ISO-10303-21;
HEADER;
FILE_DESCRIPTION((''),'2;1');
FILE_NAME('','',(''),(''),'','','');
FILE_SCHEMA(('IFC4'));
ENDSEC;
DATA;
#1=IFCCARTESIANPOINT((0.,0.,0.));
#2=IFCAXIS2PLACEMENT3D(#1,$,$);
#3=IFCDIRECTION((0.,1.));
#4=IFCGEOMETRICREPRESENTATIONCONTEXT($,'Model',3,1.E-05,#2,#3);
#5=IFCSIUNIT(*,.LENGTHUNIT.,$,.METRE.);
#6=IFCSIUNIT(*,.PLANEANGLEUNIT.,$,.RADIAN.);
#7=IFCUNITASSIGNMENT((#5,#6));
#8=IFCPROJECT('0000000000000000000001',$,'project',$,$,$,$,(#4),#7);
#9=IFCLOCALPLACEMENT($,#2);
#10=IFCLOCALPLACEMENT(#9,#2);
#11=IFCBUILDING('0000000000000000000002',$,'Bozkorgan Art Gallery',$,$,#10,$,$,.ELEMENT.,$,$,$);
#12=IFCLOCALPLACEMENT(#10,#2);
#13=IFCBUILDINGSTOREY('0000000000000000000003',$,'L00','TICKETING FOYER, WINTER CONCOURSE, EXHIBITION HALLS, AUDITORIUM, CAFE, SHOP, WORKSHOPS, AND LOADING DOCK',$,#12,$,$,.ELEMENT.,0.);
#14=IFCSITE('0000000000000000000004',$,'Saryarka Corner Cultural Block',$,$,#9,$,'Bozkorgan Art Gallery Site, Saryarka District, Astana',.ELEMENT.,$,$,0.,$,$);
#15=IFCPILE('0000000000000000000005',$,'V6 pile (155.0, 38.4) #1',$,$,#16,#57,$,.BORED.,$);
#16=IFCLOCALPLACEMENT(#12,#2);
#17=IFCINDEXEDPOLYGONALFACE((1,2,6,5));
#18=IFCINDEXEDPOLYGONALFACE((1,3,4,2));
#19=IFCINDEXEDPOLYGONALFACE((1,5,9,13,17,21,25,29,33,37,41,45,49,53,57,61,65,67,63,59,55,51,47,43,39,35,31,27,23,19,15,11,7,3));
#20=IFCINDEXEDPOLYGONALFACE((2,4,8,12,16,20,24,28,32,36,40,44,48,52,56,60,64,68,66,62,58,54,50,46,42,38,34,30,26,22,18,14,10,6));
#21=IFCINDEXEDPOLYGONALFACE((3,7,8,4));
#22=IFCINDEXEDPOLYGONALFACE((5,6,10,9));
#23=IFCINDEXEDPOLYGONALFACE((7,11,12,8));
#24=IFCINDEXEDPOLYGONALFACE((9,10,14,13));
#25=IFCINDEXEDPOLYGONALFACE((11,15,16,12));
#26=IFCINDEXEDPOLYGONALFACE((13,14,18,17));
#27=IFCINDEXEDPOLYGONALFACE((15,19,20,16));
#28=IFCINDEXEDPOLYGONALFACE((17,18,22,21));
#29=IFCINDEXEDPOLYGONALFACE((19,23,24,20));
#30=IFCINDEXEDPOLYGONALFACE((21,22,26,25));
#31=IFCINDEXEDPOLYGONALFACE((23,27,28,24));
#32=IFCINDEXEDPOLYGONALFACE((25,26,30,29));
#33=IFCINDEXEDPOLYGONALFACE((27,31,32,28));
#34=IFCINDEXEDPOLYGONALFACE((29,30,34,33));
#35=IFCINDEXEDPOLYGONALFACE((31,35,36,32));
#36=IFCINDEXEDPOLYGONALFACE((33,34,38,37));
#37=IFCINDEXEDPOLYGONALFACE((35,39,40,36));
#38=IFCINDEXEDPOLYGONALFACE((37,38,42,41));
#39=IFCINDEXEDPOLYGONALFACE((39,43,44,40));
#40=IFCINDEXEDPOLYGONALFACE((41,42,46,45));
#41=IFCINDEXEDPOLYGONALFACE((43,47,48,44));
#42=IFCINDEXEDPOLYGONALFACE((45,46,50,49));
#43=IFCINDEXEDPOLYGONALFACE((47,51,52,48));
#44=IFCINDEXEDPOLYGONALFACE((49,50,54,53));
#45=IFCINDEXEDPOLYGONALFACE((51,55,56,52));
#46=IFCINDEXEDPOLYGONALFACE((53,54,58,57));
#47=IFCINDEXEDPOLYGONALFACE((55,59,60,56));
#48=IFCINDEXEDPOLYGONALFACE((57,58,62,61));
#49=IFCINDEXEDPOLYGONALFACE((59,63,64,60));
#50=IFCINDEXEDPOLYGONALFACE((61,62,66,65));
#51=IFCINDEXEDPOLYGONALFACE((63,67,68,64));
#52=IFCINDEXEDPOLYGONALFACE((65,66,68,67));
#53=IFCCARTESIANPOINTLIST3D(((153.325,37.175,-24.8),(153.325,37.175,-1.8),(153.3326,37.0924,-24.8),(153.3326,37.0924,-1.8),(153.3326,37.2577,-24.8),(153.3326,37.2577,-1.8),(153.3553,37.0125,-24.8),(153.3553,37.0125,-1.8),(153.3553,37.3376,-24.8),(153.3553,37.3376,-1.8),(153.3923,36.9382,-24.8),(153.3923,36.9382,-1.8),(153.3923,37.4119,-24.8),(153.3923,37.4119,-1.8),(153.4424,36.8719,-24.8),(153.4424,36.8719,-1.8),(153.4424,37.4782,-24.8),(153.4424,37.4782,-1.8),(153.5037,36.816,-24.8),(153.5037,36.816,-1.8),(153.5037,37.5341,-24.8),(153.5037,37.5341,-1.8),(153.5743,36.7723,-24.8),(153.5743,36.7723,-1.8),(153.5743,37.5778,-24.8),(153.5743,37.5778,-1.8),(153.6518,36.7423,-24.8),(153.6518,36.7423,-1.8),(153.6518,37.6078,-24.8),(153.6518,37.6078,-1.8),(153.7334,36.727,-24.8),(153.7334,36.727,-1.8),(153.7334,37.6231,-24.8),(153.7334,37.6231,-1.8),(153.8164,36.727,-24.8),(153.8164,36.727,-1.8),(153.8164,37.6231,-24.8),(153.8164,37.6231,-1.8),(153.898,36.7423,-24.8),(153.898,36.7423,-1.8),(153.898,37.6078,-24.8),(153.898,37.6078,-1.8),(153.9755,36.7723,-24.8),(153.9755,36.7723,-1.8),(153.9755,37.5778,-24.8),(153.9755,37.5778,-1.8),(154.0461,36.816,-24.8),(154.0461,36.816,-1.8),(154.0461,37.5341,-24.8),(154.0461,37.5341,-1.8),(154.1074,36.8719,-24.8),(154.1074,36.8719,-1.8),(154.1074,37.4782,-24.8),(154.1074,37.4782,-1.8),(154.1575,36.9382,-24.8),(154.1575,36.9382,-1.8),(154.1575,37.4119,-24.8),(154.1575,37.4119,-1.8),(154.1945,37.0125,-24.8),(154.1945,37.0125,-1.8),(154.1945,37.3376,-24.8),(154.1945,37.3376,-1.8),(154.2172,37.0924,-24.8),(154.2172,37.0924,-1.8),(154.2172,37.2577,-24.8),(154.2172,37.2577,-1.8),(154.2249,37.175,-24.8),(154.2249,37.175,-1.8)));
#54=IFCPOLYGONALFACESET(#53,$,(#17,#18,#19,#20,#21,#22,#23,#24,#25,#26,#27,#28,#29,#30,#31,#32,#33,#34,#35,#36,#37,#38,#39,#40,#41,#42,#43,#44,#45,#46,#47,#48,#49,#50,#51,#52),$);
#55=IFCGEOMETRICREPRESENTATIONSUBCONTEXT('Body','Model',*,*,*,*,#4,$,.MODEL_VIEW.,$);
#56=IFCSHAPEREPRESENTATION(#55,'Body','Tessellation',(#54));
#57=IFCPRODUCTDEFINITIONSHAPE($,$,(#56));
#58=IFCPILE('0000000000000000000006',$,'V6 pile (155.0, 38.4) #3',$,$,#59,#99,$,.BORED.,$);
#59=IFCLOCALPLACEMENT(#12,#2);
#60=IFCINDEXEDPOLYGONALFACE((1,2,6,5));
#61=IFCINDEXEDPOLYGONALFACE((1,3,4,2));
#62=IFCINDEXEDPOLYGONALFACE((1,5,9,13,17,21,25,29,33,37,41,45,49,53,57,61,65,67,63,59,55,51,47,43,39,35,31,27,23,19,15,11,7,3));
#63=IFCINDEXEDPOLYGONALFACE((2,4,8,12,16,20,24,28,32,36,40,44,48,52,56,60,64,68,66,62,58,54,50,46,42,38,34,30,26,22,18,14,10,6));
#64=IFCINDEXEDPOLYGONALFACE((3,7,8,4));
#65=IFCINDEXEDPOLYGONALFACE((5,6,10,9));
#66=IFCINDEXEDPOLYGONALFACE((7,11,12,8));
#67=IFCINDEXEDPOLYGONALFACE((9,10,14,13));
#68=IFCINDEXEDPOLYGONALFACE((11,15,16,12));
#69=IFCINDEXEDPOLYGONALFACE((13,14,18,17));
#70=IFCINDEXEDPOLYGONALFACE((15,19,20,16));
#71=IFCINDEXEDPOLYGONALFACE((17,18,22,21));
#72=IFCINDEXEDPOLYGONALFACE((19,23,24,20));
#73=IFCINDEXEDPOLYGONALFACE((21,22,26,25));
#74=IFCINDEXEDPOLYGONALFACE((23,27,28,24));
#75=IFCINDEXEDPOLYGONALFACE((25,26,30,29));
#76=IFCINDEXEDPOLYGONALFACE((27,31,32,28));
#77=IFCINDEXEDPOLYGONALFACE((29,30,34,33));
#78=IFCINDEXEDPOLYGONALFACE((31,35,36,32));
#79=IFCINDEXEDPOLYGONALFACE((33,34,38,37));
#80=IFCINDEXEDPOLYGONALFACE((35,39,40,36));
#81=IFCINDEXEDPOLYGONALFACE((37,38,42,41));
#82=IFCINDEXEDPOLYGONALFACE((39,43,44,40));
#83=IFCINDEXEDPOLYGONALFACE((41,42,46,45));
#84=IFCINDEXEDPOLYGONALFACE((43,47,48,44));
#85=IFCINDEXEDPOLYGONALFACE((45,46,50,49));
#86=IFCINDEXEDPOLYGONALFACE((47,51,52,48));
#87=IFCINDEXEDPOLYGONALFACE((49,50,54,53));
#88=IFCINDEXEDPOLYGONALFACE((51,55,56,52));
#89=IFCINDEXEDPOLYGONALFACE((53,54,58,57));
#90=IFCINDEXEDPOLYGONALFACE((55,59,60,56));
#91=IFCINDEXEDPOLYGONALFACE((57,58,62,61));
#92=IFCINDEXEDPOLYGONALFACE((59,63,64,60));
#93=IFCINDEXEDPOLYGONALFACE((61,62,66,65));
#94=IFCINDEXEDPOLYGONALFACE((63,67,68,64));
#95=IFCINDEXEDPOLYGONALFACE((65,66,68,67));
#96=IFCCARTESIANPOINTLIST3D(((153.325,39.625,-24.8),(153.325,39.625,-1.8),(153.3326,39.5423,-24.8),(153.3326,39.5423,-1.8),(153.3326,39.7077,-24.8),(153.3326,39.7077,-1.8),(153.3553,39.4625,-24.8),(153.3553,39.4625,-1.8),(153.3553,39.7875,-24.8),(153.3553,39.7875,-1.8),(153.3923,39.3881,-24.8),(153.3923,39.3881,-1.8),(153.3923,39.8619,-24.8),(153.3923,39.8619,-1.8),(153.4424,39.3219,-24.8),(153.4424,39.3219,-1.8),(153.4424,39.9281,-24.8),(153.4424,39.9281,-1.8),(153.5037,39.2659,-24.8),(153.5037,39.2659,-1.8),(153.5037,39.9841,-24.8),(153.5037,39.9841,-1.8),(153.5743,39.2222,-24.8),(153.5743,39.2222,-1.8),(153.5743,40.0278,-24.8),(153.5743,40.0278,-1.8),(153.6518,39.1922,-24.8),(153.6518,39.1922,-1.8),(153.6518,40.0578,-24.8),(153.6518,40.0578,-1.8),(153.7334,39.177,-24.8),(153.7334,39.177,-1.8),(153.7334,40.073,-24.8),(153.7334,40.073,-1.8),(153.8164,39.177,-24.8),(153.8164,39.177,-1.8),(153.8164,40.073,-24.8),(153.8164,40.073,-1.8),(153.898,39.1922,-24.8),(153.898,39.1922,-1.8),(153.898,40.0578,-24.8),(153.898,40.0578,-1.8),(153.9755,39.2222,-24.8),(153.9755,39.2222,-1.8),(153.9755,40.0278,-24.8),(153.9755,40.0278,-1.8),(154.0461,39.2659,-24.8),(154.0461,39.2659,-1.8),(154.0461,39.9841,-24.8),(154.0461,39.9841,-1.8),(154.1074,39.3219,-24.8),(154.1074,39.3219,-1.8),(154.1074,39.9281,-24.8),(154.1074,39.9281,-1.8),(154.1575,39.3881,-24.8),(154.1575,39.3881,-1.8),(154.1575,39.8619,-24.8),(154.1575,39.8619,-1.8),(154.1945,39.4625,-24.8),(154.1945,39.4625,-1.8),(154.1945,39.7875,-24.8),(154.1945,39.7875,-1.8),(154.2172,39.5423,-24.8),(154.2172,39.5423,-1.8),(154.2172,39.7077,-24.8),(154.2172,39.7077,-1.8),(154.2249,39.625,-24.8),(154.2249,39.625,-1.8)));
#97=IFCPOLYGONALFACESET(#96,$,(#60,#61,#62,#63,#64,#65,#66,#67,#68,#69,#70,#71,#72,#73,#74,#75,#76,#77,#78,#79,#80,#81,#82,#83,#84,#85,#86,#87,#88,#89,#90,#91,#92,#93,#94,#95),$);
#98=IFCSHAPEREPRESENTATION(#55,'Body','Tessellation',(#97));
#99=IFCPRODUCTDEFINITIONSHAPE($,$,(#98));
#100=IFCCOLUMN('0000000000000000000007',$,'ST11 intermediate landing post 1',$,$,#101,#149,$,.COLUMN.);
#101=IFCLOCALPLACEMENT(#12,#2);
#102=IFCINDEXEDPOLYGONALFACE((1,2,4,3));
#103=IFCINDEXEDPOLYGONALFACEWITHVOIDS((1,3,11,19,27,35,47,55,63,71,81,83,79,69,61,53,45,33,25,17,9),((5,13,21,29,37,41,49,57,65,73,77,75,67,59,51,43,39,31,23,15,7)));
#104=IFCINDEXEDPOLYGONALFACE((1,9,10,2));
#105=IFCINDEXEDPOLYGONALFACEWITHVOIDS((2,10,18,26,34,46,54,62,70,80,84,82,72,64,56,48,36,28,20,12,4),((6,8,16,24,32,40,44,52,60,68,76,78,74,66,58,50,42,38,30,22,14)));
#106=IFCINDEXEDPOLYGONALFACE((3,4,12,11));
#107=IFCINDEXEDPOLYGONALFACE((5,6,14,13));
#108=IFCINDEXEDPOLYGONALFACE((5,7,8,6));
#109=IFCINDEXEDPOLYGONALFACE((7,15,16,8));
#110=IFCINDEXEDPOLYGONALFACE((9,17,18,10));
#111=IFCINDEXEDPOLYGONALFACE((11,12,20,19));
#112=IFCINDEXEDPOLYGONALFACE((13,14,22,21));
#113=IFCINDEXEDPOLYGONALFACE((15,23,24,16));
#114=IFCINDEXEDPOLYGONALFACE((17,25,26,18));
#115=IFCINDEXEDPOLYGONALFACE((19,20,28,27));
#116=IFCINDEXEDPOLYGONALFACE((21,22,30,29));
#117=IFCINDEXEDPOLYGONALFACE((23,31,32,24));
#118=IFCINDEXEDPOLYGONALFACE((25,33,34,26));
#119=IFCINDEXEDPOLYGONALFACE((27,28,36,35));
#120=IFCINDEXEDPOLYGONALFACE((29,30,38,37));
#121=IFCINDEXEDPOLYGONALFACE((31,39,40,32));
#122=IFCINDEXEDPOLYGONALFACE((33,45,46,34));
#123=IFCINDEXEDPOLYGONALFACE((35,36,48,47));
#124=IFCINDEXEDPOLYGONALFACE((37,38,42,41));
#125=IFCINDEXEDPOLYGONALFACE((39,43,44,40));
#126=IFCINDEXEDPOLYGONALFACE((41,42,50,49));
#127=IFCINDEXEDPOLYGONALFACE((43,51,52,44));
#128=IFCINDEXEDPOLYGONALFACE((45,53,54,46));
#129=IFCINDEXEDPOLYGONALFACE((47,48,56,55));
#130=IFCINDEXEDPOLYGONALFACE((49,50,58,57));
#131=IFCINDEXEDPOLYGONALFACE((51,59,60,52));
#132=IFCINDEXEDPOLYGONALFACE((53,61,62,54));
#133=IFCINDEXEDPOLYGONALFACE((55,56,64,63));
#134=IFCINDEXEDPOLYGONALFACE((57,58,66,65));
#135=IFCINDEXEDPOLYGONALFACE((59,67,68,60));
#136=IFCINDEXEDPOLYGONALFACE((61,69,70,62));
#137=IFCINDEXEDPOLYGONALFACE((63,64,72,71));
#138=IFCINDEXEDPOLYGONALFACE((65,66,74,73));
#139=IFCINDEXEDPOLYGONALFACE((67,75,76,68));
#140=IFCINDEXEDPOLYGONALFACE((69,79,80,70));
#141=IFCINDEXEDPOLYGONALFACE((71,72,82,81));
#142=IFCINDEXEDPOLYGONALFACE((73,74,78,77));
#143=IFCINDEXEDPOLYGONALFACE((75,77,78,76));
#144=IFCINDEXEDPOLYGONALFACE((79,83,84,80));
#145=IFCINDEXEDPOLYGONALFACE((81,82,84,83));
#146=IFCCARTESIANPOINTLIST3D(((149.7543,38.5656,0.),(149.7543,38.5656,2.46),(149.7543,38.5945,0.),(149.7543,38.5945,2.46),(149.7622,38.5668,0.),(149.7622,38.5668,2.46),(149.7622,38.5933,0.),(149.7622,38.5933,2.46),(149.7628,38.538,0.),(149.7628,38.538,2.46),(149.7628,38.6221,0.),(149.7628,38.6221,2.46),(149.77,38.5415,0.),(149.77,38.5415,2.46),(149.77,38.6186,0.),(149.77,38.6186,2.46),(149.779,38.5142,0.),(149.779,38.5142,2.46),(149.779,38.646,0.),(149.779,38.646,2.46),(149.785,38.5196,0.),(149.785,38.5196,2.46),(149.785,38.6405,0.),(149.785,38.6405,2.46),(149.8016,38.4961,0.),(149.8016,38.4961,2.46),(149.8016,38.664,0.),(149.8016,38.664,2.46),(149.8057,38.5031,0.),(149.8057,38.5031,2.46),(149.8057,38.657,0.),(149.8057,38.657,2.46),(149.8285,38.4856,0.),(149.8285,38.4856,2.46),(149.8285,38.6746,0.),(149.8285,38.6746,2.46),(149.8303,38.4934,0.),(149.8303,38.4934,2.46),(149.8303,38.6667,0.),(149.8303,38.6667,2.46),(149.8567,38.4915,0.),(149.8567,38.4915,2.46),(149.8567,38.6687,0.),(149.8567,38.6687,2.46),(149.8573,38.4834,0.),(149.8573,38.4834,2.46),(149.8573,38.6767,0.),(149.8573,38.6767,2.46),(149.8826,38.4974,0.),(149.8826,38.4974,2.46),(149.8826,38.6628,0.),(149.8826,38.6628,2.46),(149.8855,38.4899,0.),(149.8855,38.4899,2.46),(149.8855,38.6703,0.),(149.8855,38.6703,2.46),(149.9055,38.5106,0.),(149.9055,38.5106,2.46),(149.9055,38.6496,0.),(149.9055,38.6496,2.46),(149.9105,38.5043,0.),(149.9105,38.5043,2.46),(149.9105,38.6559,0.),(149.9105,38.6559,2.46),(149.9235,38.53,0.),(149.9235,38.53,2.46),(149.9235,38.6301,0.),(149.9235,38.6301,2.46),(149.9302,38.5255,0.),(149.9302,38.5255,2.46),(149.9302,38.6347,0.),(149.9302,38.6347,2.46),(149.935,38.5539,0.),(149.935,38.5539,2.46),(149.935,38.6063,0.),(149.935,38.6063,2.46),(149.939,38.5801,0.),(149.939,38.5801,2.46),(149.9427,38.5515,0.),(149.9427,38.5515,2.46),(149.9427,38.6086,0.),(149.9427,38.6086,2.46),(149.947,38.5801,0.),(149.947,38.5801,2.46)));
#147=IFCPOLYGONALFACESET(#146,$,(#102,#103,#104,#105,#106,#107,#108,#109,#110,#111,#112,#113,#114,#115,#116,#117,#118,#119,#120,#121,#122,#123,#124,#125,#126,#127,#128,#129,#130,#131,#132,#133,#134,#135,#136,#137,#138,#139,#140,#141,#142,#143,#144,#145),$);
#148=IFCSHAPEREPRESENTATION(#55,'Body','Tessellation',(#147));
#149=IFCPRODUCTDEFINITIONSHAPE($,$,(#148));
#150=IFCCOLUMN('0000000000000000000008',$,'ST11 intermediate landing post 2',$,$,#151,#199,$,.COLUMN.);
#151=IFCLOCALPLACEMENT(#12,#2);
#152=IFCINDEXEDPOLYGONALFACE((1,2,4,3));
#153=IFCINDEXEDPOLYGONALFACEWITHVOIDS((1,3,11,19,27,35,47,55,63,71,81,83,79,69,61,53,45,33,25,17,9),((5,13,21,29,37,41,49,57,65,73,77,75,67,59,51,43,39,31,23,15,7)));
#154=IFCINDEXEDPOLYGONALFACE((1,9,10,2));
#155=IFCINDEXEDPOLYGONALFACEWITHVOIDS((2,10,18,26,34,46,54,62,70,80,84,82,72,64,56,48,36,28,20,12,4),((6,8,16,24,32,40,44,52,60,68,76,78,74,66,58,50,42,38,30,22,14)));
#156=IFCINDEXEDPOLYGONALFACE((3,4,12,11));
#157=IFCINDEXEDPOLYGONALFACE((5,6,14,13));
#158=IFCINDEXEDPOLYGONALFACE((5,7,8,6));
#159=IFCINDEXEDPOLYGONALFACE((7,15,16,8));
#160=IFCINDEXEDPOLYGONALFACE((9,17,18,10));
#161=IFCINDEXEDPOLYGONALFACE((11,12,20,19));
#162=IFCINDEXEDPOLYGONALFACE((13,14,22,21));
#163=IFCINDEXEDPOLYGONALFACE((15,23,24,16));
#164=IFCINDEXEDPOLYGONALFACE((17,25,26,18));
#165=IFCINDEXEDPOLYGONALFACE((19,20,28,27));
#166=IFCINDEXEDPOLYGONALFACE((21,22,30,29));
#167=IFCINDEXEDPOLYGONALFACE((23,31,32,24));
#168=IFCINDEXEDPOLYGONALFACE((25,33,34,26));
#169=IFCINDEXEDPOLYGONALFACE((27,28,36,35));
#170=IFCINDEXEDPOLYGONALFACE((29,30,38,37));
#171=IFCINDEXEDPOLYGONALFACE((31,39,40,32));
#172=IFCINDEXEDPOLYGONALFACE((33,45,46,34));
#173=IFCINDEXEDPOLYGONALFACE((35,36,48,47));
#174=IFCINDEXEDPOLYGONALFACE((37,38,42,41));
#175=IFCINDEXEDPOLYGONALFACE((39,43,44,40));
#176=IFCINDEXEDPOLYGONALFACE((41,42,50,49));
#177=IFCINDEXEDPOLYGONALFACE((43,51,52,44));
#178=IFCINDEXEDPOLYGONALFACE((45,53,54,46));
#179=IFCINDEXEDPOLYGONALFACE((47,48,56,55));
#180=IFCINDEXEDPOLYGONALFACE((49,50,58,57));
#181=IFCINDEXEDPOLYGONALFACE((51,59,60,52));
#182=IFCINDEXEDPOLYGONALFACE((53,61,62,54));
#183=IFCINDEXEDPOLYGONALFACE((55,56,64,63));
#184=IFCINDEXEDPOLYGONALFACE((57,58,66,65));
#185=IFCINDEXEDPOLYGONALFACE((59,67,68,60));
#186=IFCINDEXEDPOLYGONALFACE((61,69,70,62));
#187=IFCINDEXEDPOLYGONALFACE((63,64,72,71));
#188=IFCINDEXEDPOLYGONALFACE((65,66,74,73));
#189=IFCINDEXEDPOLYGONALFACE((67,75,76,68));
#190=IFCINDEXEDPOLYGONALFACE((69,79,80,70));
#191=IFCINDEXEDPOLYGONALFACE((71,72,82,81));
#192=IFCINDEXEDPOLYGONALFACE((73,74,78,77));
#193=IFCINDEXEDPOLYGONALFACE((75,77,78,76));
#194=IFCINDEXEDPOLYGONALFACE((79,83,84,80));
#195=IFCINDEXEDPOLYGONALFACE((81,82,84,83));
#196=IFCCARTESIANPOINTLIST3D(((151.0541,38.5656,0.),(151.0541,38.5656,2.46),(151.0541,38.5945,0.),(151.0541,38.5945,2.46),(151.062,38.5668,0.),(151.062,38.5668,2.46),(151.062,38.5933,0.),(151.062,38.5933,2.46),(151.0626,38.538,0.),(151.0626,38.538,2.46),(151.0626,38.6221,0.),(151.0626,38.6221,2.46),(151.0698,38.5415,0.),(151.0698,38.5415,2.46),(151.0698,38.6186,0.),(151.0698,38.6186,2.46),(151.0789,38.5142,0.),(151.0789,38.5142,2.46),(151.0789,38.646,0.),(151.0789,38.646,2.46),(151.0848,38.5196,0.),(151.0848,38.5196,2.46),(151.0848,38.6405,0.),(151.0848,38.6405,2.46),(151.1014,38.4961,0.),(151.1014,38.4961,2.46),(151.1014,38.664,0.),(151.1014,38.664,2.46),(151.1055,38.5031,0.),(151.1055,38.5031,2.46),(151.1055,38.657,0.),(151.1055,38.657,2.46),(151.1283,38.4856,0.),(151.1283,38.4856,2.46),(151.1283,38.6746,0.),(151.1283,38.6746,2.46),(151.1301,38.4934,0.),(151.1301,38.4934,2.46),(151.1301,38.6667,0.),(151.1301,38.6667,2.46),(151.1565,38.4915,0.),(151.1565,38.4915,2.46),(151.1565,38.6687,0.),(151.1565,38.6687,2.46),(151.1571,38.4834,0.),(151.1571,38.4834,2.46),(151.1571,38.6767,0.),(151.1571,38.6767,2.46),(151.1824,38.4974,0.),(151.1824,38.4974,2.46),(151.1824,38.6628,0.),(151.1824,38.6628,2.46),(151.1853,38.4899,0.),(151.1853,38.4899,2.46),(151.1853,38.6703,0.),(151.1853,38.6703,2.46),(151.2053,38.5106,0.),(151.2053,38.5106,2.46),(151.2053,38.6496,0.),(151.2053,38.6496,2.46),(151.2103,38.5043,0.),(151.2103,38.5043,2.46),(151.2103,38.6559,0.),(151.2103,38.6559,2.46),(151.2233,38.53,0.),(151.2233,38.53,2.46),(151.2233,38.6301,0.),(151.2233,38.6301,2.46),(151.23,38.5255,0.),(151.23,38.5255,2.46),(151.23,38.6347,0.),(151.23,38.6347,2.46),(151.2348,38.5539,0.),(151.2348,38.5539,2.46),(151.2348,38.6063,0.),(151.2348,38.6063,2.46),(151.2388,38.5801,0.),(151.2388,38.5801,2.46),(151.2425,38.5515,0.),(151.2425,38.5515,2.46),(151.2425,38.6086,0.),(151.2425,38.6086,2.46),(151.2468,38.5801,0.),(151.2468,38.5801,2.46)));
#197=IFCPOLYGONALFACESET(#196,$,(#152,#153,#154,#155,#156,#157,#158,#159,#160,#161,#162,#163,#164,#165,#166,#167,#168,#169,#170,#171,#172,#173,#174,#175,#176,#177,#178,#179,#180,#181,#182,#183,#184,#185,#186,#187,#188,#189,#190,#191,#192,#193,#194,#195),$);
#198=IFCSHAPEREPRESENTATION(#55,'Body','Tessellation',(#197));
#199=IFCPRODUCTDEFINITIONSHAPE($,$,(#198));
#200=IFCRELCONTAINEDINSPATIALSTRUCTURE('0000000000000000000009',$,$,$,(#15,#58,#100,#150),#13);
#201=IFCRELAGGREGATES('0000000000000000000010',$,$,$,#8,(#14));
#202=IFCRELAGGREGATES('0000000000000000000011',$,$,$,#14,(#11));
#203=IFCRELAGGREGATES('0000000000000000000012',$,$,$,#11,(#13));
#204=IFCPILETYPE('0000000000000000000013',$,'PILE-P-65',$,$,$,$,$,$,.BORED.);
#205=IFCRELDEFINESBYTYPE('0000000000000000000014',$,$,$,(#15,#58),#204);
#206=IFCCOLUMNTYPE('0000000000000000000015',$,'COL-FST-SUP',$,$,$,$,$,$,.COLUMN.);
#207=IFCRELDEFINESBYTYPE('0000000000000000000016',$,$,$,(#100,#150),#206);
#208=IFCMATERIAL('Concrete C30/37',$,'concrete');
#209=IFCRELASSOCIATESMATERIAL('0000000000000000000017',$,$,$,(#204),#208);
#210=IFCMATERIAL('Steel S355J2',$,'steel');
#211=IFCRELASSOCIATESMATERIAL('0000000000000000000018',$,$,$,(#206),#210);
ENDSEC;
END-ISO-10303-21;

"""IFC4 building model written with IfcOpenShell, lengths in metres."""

from ifc_helpers import new_model, si_unit, direction, frame, origin, origin_2d, place, context, subcontext, project, spatial, circle, hollow_circle, extrude, material, material_profile, profile_set, type_object, element, save


model = new_model("IFC4")

# Units and contexts
model_context = context("Model", 3, precision=1e-05, world=origin(), true_north=direction((0.0, 1.0)))
body_context = subcontext(model_context, "Body", "Model", "MODEL_VIEW")
ifc_project = project(units=[si_unit("LENGTHUNIT", "METRE"), si_unit("PLANEANGLEUNIT", "RADIAN")], contexts=[model_context])

# Site, building, storey
site_placement = place(None, origin())
site = spatial("IfcSite", under=ifc_project, at=site_placement, Name="Saryarka Corner Cultural Block", LongName="Bozkorgan Art Gallery Site, Saryarka District, Astana", CompositionType="ELEMENT", RefElevation=0.0)
building_placement = place(site_placement, origin())
building = spatial("IfcBuilding", under=site, at=building_placement, Name="Bozkorgan Art Gallery", CompositionType="ELEMENT")
storey_placement = place(building_placement, origin())
storey = spatial("IfcBuildingStorey", under=building, at=storey_placement, Name="L00", Description="TICKETING FOYER, WINTER CONCOURSE, EXHIBITION HALLS, AUDITORIUM, CAFE, SHOP, WORKSHOPS, AND LOADING DOCK", CompositionType="ELEMENT", Elevation=0.0)

# Shared definitions
ifc_material_1 = material(Name="Concrete C30/37", Category="concrete")

# Piles
ifc_material_profile_1 = material_profile(ifc_material_1, circle(Radius=0.45, at=origin_2d()), Name="PILE D900")
ifc_profile_set_1 = profile_set([ifc_material_profile_1], Name="Concrete C30/37")
pile_type = type_object("IfcPileType", Name="PILE-P-65", PredefinedType="BORED", material=ifc_profile_set_1)
for number, where, z_axis, x_axis, name in (
    (1, (153.7749, 37.175, -1.8), (0.0, 0.0, -1.0), (1.0, 0.0, 0.0), "V6 pile (155.0, 38.4) #1"),
    (2, (153.7749, 39.625, -1.8), (0.0, 0.0, -1.0), (1.0, 0.0, 0.0), "V6 pile (155.0, 38.4) #3"),
):
    element("IfcPile", number, at=place(storey_placement, frame(where, z_axis=z_axis, x_axis=x_axis)), inside=storey, type_object=pile_type, Name=name, PredefinedType="BORED", context=body_context, shape_type="SweptSolid", body=[
        extrude(circle(Radius=0.45, at=origin_2d()), origin(), (0.0, 0.0, 1.0), 23.0),
    ])

# Columns
ifc_material_2 = material(Name="Steel S355J2", Category="steel")
ifc_material_profile_2 = material_profile(ifc_material_2, hollow_circle(Radius=0.0969, WallThickness=0.0081, at=origin_2d()), Name="CHS 193.7x8")
ifc_profile_set_2 = profile_set([ifc_material_profile_2], Name="Steel S355J2")
column_type_1 = type_object("IfcColumnType", Name="COL-FST-SUP", PredefinedType="COLUMN", material=ifc_profile_set_2)
for number, where, z_axis, x_axis, name in (
    (3, (149.8501, 38.5801, 0.0), (0.0, 0.0, 1.0), (1.0, 0.0, 0.0), "ST11 intermediate landing post 1"),
    (4, (151.1499, 38.5801, 0.0), (0.0, 0.0, 1.0), (1.0, 0.0, 0.0), "ST11 intermediate landing post 2"),
):
    element("IfcColumn", number, at=place(storey_placement, frame(where, z_axis=z_axis, x_axis=x_axis)), inside=storey, type_object=column_type_1, Name=name, PredefinedType="COLUMN", context=body_context, shape_type="SweptSolid", body=[
        extrude(hollow_circle(Radius=0.0969, WallThickness=0.0081, at=origin_2d()), origin(), (0.0, 0.0, 1.0), 2.46),
    ])

save(model, "model.ifc")
